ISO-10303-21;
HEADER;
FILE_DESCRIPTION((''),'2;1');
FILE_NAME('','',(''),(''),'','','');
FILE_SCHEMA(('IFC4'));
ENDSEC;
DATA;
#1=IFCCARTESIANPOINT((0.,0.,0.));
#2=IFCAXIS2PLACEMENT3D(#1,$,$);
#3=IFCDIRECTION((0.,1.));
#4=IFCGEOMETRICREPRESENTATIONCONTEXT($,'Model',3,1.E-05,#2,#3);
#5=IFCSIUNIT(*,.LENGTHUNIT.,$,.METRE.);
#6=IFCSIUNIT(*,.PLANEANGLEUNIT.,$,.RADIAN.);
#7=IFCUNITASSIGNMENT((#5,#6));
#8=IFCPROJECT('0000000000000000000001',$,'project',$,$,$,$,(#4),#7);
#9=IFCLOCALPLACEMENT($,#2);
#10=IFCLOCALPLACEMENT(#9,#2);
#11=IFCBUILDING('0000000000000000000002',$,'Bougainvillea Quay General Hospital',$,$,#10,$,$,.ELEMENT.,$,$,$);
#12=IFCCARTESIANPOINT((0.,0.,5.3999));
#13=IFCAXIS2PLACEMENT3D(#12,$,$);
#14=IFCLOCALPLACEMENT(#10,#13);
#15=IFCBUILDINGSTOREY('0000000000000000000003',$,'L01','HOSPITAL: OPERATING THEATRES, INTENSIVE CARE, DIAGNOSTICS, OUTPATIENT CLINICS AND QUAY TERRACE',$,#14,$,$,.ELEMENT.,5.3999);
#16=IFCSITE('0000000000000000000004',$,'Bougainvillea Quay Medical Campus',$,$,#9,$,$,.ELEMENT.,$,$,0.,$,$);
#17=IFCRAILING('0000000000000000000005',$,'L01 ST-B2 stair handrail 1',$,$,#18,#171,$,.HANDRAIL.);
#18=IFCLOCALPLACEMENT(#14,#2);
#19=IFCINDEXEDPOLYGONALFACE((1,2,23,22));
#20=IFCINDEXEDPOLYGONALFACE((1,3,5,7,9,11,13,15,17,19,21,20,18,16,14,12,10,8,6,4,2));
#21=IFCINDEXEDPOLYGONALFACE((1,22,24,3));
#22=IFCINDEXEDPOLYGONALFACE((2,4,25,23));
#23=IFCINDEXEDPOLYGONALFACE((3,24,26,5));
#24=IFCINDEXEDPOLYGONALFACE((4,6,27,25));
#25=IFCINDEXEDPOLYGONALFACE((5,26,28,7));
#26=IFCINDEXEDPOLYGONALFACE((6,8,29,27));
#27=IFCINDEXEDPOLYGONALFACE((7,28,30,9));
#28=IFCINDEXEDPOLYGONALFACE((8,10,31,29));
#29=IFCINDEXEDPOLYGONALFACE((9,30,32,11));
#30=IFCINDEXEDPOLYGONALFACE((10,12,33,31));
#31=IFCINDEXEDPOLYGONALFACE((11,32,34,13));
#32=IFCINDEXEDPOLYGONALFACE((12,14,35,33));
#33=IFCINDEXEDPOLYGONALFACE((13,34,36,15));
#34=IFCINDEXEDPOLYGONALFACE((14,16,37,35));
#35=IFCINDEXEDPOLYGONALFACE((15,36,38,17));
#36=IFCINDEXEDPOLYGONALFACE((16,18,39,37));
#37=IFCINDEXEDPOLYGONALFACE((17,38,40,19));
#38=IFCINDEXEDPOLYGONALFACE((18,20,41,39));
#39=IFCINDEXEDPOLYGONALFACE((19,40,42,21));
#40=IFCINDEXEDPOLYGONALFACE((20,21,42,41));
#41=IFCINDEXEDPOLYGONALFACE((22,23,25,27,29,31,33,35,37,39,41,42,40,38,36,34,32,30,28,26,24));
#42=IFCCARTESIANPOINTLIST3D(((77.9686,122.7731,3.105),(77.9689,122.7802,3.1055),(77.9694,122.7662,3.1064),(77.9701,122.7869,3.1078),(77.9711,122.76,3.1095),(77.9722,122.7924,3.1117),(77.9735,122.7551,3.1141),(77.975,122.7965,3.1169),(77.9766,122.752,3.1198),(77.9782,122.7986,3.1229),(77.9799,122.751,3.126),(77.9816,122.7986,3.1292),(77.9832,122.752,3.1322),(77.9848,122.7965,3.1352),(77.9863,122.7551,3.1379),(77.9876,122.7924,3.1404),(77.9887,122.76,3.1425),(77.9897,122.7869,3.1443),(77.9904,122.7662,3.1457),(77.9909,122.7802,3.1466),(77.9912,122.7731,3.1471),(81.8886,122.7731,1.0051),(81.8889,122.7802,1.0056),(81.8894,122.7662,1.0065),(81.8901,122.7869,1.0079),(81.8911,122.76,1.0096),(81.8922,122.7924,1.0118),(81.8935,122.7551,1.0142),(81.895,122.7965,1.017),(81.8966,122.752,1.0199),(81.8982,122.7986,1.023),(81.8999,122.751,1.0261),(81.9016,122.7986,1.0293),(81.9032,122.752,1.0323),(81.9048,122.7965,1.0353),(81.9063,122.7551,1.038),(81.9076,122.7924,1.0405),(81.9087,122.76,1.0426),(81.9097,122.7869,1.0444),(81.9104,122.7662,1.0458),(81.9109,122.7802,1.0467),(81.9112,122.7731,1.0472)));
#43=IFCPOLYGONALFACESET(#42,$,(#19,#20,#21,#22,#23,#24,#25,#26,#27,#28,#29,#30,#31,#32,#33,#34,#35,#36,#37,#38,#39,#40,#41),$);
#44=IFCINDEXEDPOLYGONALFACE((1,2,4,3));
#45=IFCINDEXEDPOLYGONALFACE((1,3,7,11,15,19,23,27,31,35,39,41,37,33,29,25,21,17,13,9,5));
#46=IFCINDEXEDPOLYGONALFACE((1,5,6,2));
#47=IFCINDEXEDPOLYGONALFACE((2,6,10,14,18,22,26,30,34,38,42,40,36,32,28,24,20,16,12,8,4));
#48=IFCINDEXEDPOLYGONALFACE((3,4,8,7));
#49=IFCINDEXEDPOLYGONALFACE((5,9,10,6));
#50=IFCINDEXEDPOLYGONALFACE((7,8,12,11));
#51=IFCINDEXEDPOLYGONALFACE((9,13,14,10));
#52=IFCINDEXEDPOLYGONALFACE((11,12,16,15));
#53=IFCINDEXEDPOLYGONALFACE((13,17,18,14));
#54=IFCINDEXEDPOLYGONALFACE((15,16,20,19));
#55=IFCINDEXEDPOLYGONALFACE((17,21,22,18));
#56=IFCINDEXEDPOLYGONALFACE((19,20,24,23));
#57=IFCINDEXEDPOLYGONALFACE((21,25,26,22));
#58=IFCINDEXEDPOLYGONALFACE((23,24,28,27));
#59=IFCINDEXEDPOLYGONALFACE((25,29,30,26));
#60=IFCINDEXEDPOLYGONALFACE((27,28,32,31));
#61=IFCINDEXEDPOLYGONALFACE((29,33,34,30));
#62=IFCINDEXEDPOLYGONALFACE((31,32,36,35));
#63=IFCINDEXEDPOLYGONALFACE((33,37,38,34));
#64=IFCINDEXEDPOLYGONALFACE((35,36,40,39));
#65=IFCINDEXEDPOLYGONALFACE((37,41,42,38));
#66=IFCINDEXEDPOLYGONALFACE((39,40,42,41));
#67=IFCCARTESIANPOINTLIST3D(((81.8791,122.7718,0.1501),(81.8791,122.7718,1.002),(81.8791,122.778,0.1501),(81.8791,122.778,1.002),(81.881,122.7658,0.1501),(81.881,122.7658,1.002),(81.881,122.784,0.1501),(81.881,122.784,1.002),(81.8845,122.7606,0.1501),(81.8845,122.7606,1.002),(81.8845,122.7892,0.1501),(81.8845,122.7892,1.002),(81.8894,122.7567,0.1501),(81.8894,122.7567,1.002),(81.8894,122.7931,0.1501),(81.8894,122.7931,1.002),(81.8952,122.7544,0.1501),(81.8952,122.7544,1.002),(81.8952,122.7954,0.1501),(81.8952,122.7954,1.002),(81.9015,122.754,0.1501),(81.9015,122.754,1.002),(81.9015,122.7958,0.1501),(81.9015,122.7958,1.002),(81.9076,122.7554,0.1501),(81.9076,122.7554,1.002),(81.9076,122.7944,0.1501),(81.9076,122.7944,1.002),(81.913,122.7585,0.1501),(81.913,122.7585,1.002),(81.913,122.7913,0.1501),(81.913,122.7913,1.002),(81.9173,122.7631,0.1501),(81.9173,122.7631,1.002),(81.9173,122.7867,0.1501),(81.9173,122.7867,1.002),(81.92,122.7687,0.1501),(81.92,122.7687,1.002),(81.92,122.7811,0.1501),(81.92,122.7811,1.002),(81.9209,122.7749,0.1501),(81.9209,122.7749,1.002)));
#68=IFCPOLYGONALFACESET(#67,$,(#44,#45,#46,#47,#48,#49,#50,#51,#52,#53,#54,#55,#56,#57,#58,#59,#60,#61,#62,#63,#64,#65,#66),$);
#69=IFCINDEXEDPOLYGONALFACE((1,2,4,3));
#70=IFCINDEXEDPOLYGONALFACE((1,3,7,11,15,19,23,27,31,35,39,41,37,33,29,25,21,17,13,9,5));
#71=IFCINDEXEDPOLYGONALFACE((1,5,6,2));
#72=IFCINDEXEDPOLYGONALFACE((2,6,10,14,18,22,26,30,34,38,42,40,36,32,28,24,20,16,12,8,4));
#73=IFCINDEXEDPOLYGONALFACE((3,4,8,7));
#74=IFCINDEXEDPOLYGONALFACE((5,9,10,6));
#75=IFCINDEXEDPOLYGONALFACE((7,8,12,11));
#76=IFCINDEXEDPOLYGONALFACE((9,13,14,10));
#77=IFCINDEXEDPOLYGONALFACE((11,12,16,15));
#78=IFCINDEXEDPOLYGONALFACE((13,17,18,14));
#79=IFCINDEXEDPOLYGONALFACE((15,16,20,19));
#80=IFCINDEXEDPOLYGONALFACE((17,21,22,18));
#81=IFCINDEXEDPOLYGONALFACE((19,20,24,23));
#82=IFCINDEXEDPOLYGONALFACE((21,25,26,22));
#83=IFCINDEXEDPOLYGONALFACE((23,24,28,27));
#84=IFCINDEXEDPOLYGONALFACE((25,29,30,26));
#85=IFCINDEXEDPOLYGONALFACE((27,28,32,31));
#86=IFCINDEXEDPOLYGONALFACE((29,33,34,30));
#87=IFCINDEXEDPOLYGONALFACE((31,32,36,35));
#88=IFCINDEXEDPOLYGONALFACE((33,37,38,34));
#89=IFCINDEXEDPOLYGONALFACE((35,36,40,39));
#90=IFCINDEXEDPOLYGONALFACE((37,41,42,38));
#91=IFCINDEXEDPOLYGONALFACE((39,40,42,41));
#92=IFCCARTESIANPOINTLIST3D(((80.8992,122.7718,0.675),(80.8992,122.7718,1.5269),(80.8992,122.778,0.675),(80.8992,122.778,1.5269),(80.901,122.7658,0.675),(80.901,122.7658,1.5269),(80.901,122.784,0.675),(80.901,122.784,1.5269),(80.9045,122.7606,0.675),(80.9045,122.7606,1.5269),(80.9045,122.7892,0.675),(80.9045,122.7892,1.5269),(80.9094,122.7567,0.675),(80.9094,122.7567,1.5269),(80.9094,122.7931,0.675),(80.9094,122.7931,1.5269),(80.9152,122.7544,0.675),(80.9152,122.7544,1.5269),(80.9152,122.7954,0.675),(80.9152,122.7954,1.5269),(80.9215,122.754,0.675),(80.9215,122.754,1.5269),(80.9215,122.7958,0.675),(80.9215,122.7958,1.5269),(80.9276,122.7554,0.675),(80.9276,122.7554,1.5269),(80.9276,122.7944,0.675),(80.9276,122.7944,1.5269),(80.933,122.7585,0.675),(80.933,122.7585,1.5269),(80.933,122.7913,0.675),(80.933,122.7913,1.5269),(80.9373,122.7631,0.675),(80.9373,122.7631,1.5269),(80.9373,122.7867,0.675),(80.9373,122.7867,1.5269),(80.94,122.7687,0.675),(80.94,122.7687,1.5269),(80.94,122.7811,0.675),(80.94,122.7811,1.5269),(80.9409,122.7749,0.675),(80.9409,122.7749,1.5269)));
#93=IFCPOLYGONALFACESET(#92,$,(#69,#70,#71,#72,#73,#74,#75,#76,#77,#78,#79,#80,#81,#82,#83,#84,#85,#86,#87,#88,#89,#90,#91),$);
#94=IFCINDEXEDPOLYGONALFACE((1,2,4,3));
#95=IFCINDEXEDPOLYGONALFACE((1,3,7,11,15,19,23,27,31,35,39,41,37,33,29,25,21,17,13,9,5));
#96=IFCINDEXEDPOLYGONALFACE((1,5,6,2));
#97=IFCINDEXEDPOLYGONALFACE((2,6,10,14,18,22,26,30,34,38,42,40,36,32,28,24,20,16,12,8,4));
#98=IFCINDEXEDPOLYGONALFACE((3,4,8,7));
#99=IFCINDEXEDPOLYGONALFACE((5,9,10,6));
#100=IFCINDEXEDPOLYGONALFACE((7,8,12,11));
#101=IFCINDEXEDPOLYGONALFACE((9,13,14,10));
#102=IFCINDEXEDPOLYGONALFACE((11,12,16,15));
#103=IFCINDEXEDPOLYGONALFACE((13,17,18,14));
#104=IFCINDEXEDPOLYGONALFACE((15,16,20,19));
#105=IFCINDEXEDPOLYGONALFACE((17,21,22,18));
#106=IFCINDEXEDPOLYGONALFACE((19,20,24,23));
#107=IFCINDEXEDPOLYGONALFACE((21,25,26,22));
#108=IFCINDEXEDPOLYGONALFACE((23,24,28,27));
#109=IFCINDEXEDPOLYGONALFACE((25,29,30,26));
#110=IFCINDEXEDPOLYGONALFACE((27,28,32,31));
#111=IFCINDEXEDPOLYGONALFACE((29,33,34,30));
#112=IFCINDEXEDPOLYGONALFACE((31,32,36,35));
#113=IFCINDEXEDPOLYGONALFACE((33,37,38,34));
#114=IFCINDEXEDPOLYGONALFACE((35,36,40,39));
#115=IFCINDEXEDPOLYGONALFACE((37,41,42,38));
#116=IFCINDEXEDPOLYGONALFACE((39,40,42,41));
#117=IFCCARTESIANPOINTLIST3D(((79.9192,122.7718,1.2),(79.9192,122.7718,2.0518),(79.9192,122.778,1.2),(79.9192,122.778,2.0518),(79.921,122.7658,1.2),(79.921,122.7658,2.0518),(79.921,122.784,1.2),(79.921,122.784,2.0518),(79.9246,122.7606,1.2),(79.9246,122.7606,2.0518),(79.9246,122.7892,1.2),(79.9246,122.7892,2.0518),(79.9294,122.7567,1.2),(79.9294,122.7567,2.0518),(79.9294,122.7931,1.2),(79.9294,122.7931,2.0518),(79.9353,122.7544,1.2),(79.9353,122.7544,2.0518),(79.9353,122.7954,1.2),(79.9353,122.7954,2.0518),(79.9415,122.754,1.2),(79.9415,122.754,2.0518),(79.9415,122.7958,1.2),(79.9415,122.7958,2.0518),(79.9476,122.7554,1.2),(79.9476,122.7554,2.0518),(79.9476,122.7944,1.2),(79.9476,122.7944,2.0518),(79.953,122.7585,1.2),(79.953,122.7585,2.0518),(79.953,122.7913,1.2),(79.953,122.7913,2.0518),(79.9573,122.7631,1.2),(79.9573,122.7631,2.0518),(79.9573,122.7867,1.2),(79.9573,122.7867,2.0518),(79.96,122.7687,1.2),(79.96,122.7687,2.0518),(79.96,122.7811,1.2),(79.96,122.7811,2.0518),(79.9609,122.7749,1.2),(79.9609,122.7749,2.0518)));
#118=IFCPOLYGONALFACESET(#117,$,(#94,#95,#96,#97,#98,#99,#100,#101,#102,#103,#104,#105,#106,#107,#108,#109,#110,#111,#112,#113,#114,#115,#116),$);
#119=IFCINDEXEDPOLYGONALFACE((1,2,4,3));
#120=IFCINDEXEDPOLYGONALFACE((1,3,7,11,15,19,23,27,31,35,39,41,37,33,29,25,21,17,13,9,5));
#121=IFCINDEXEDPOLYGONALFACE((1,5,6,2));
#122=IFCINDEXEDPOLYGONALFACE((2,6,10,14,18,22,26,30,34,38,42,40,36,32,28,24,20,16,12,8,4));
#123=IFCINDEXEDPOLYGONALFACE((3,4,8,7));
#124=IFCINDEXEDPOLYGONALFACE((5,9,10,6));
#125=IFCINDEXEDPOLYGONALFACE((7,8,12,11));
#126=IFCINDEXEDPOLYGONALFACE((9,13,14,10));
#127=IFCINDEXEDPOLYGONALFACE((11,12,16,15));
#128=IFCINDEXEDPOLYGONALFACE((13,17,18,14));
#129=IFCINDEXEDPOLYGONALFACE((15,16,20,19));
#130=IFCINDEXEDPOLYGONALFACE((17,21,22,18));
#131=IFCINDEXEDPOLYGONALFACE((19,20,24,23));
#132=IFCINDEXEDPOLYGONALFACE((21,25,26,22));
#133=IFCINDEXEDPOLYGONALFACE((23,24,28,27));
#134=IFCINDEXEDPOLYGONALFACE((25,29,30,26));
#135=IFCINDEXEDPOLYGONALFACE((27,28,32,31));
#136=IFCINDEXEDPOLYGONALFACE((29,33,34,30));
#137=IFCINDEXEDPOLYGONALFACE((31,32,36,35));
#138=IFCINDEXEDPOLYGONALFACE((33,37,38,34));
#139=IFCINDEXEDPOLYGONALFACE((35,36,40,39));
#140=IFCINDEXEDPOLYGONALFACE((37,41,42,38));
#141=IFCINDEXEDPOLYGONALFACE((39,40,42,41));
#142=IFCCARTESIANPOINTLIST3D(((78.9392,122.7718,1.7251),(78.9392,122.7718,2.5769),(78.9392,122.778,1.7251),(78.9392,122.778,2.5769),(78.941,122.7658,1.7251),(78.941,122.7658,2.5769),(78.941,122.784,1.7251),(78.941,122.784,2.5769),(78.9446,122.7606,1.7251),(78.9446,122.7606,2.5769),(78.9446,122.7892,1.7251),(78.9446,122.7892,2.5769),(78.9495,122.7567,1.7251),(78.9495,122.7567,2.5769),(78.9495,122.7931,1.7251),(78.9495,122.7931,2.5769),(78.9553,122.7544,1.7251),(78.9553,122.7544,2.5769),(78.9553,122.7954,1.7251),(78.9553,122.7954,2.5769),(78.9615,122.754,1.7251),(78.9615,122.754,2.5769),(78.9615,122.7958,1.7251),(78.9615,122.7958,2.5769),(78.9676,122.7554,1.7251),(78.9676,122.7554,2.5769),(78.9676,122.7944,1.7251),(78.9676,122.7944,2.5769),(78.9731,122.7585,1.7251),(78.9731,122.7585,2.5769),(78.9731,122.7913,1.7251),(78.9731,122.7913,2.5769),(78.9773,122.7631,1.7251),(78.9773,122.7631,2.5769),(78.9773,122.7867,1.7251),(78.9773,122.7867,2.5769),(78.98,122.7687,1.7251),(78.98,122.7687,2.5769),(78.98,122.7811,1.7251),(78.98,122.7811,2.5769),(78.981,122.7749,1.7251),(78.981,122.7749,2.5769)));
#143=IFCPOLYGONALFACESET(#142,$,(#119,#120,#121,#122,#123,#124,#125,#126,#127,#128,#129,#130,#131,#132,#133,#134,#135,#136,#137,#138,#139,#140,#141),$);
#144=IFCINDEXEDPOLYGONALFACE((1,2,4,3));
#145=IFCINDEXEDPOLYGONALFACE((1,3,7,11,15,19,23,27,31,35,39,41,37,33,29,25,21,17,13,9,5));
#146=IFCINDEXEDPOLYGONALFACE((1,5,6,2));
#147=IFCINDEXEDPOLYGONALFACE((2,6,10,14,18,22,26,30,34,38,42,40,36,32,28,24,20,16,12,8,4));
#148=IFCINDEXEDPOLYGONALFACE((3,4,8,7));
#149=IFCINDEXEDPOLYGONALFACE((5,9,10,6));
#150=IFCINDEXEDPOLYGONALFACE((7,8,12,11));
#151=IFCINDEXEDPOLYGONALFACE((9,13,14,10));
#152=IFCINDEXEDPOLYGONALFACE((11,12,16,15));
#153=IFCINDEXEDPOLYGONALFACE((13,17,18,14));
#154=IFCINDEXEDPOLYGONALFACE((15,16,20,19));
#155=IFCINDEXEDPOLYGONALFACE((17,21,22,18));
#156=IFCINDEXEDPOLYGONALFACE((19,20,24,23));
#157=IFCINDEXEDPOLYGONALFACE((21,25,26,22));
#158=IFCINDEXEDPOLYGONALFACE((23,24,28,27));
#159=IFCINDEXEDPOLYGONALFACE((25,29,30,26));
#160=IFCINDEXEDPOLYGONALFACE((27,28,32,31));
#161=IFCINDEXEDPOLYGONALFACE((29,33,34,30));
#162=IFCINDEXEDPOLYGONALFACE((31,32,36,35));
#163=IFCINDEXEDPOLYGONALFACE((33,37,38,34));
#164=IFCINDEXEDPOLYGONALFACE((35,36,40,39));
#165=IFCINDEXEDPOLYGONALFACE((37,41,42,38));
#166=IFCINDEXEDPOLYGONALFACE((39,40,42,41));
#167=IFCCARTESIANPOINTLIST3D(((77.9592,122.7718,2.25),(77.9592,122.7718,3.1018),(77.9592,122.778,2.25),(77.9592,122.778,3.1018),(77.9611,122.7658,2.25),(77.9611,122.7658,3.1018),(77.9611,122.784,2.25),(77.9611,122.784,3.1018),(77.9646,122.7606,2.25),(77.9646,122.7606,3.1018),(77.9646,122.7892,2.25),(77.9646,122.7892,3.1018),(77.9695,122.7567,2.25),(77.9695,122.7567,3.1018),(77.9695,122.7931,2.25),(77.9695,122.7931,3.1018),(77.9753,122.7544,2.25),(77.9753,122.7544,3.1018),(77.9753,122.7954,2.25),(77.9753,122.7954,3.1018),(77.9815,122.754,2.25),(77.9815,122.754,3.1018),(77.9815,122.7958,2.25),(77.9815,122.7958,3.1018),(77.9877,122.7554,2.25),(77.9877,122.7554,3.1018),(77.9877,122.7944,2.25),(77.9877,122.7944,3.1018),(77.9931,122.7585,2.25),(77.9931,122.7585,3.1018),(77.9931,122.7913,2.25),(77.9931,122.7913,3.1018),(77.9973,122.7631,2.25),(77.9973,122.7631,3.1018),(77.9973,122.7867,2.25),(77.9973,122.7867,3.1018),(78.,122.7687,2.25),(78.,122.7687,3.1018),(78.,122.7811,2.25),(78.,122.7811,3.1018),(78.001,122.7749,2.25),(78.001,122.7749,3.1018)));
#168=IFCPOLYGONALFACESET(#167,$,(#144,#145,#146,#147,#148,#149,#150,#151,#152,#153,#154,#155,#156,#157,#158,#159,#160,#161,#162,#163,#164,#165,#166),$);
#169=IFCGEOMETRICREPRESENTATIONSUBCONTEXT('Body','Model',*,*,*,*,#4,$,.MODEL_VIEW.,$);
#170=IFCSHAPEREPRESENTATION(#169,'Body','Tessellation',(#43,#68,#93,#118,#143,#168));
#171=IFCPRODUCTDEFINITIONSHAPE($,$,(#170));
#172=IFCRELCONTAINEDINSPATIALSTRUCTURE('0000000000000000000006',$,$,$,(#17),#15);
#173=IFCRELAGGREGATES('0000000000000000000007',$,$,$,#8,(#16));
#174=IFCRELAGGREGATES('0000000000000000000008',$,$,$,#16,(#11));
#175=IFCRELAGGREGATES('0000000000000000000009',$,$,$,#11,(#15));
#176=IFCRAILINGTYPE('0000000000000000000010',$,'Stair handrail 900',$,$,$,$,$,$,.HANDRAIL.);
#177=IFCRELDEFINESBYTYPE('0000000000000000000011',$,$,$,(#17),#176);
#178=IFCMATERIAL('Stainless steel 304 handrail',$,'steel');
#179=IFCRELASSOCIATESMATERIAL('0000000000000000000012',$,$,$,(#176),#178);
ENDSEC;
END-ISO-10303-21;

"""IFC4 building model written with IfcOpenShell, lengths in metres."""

from ifc_helpers import new_model, si_unit, direction, frame, origin, origin_2d, place, context, subcontext, project, spatial, circle, extrude, material, type_object, element, save


model = new_model("IFC4")

# Units and contexts
model_context = context("Model", 3, precision=1e-05, world=origin(), true_north=direction((0.0, 1.0)))
body_context = subcontext(model_context, "Body", "Model", "MODEL_VIEW")
ifc_project = project(units=[si_unit("LENGTHUNIT", "METRE"), si_unit("PLANEANGLEUNIT", "RADIAN")], contexts=[model_context])

# Site, building, storey
site_placement = place(None, origin())
site = spatial("IfcSite", under=ifc_project, at=site_placement, Name="Bougainvillea Quay Medical Campus", CompositionType="ELEMENT", RefElevation=0.0)
building_placement = place(site_placement, origin())
building = spatial("IfcBuilding", under=site, at=building_placement, Name="Bougainvillea Quay General Hospital", CompositionType="ELEMENT")
storey_placement = place(building_placement, frame((0.0, 0.0, 5.3999)))
storey = spatial("IfcBuildingStorey", under=building, at=storey_placement, Name="L01", Description="HOSPITAL: OPERATING THEATRES, INTENSIVE CARE, DIAGNOSTICS, OUTPATIENT CLINICS AND QUAY TERRACE", CompositionType="ELEMENT", Elevation=5.3999)

# Railing
ifc_material_1 = material(Name="Stainless steel 304 handrail", Category="steel")
railing_type_1 = type_object("IfcRailingType", Name="Stair handrail 900", PredefinedType="HANDRAIL", material=ifc_material_1)
railing_1_placement = place(storey_placement, frame((81.8999, 122.7749, 0.1501)))
element("IfcRailing", 1, at=railing_1_placement, inside=storey, type_object=railing_type_1, Name="L01 ST-B2 stair handrail 1", PredefinedType="HANDRAIL", context=body_context, shape_type="SweptSolid", body=[
    extrude(circle(Radius=0.0239, at=origin_2d()), frame((0.0, 0.0, 0.876), z_axis=(-0.88149, 0.0, 0.472203), x_axis=(0.0, -1.0, 0.0)), (0.0, 0.0, 1.0), 4.447),
    extrude(circle(Radius=0.021, at=origin_2d()), origin(), (0.0, 0.0, 1.0), 0.8518),
    extrude(circle(Radius=0.021, at=origin_2d()), frame((-0.98, 0.0, 0.5249)), (0.0, 0.0, 1.0), 0.8518),
    extrude(circle(Radius=0.021, at=origin_2d()), frame((-1.96, 0.0, 1.0498)), (0.0, 0.0, 1.0), 0.8518),
    extrude(circle(Radius=0.021, at=origin_2d()), frame((-2.9399, 0.0, 1.575)), (0.0, 0.0, 1.0), 0.8518),
    extrude(circle(Radius=0.021, at=origin_2d()), frame((-3.9199, 0.0, 2.0999)), (0.0, 0.0, 1.0), 0.8518),
])

save(model, "model.ifc")
